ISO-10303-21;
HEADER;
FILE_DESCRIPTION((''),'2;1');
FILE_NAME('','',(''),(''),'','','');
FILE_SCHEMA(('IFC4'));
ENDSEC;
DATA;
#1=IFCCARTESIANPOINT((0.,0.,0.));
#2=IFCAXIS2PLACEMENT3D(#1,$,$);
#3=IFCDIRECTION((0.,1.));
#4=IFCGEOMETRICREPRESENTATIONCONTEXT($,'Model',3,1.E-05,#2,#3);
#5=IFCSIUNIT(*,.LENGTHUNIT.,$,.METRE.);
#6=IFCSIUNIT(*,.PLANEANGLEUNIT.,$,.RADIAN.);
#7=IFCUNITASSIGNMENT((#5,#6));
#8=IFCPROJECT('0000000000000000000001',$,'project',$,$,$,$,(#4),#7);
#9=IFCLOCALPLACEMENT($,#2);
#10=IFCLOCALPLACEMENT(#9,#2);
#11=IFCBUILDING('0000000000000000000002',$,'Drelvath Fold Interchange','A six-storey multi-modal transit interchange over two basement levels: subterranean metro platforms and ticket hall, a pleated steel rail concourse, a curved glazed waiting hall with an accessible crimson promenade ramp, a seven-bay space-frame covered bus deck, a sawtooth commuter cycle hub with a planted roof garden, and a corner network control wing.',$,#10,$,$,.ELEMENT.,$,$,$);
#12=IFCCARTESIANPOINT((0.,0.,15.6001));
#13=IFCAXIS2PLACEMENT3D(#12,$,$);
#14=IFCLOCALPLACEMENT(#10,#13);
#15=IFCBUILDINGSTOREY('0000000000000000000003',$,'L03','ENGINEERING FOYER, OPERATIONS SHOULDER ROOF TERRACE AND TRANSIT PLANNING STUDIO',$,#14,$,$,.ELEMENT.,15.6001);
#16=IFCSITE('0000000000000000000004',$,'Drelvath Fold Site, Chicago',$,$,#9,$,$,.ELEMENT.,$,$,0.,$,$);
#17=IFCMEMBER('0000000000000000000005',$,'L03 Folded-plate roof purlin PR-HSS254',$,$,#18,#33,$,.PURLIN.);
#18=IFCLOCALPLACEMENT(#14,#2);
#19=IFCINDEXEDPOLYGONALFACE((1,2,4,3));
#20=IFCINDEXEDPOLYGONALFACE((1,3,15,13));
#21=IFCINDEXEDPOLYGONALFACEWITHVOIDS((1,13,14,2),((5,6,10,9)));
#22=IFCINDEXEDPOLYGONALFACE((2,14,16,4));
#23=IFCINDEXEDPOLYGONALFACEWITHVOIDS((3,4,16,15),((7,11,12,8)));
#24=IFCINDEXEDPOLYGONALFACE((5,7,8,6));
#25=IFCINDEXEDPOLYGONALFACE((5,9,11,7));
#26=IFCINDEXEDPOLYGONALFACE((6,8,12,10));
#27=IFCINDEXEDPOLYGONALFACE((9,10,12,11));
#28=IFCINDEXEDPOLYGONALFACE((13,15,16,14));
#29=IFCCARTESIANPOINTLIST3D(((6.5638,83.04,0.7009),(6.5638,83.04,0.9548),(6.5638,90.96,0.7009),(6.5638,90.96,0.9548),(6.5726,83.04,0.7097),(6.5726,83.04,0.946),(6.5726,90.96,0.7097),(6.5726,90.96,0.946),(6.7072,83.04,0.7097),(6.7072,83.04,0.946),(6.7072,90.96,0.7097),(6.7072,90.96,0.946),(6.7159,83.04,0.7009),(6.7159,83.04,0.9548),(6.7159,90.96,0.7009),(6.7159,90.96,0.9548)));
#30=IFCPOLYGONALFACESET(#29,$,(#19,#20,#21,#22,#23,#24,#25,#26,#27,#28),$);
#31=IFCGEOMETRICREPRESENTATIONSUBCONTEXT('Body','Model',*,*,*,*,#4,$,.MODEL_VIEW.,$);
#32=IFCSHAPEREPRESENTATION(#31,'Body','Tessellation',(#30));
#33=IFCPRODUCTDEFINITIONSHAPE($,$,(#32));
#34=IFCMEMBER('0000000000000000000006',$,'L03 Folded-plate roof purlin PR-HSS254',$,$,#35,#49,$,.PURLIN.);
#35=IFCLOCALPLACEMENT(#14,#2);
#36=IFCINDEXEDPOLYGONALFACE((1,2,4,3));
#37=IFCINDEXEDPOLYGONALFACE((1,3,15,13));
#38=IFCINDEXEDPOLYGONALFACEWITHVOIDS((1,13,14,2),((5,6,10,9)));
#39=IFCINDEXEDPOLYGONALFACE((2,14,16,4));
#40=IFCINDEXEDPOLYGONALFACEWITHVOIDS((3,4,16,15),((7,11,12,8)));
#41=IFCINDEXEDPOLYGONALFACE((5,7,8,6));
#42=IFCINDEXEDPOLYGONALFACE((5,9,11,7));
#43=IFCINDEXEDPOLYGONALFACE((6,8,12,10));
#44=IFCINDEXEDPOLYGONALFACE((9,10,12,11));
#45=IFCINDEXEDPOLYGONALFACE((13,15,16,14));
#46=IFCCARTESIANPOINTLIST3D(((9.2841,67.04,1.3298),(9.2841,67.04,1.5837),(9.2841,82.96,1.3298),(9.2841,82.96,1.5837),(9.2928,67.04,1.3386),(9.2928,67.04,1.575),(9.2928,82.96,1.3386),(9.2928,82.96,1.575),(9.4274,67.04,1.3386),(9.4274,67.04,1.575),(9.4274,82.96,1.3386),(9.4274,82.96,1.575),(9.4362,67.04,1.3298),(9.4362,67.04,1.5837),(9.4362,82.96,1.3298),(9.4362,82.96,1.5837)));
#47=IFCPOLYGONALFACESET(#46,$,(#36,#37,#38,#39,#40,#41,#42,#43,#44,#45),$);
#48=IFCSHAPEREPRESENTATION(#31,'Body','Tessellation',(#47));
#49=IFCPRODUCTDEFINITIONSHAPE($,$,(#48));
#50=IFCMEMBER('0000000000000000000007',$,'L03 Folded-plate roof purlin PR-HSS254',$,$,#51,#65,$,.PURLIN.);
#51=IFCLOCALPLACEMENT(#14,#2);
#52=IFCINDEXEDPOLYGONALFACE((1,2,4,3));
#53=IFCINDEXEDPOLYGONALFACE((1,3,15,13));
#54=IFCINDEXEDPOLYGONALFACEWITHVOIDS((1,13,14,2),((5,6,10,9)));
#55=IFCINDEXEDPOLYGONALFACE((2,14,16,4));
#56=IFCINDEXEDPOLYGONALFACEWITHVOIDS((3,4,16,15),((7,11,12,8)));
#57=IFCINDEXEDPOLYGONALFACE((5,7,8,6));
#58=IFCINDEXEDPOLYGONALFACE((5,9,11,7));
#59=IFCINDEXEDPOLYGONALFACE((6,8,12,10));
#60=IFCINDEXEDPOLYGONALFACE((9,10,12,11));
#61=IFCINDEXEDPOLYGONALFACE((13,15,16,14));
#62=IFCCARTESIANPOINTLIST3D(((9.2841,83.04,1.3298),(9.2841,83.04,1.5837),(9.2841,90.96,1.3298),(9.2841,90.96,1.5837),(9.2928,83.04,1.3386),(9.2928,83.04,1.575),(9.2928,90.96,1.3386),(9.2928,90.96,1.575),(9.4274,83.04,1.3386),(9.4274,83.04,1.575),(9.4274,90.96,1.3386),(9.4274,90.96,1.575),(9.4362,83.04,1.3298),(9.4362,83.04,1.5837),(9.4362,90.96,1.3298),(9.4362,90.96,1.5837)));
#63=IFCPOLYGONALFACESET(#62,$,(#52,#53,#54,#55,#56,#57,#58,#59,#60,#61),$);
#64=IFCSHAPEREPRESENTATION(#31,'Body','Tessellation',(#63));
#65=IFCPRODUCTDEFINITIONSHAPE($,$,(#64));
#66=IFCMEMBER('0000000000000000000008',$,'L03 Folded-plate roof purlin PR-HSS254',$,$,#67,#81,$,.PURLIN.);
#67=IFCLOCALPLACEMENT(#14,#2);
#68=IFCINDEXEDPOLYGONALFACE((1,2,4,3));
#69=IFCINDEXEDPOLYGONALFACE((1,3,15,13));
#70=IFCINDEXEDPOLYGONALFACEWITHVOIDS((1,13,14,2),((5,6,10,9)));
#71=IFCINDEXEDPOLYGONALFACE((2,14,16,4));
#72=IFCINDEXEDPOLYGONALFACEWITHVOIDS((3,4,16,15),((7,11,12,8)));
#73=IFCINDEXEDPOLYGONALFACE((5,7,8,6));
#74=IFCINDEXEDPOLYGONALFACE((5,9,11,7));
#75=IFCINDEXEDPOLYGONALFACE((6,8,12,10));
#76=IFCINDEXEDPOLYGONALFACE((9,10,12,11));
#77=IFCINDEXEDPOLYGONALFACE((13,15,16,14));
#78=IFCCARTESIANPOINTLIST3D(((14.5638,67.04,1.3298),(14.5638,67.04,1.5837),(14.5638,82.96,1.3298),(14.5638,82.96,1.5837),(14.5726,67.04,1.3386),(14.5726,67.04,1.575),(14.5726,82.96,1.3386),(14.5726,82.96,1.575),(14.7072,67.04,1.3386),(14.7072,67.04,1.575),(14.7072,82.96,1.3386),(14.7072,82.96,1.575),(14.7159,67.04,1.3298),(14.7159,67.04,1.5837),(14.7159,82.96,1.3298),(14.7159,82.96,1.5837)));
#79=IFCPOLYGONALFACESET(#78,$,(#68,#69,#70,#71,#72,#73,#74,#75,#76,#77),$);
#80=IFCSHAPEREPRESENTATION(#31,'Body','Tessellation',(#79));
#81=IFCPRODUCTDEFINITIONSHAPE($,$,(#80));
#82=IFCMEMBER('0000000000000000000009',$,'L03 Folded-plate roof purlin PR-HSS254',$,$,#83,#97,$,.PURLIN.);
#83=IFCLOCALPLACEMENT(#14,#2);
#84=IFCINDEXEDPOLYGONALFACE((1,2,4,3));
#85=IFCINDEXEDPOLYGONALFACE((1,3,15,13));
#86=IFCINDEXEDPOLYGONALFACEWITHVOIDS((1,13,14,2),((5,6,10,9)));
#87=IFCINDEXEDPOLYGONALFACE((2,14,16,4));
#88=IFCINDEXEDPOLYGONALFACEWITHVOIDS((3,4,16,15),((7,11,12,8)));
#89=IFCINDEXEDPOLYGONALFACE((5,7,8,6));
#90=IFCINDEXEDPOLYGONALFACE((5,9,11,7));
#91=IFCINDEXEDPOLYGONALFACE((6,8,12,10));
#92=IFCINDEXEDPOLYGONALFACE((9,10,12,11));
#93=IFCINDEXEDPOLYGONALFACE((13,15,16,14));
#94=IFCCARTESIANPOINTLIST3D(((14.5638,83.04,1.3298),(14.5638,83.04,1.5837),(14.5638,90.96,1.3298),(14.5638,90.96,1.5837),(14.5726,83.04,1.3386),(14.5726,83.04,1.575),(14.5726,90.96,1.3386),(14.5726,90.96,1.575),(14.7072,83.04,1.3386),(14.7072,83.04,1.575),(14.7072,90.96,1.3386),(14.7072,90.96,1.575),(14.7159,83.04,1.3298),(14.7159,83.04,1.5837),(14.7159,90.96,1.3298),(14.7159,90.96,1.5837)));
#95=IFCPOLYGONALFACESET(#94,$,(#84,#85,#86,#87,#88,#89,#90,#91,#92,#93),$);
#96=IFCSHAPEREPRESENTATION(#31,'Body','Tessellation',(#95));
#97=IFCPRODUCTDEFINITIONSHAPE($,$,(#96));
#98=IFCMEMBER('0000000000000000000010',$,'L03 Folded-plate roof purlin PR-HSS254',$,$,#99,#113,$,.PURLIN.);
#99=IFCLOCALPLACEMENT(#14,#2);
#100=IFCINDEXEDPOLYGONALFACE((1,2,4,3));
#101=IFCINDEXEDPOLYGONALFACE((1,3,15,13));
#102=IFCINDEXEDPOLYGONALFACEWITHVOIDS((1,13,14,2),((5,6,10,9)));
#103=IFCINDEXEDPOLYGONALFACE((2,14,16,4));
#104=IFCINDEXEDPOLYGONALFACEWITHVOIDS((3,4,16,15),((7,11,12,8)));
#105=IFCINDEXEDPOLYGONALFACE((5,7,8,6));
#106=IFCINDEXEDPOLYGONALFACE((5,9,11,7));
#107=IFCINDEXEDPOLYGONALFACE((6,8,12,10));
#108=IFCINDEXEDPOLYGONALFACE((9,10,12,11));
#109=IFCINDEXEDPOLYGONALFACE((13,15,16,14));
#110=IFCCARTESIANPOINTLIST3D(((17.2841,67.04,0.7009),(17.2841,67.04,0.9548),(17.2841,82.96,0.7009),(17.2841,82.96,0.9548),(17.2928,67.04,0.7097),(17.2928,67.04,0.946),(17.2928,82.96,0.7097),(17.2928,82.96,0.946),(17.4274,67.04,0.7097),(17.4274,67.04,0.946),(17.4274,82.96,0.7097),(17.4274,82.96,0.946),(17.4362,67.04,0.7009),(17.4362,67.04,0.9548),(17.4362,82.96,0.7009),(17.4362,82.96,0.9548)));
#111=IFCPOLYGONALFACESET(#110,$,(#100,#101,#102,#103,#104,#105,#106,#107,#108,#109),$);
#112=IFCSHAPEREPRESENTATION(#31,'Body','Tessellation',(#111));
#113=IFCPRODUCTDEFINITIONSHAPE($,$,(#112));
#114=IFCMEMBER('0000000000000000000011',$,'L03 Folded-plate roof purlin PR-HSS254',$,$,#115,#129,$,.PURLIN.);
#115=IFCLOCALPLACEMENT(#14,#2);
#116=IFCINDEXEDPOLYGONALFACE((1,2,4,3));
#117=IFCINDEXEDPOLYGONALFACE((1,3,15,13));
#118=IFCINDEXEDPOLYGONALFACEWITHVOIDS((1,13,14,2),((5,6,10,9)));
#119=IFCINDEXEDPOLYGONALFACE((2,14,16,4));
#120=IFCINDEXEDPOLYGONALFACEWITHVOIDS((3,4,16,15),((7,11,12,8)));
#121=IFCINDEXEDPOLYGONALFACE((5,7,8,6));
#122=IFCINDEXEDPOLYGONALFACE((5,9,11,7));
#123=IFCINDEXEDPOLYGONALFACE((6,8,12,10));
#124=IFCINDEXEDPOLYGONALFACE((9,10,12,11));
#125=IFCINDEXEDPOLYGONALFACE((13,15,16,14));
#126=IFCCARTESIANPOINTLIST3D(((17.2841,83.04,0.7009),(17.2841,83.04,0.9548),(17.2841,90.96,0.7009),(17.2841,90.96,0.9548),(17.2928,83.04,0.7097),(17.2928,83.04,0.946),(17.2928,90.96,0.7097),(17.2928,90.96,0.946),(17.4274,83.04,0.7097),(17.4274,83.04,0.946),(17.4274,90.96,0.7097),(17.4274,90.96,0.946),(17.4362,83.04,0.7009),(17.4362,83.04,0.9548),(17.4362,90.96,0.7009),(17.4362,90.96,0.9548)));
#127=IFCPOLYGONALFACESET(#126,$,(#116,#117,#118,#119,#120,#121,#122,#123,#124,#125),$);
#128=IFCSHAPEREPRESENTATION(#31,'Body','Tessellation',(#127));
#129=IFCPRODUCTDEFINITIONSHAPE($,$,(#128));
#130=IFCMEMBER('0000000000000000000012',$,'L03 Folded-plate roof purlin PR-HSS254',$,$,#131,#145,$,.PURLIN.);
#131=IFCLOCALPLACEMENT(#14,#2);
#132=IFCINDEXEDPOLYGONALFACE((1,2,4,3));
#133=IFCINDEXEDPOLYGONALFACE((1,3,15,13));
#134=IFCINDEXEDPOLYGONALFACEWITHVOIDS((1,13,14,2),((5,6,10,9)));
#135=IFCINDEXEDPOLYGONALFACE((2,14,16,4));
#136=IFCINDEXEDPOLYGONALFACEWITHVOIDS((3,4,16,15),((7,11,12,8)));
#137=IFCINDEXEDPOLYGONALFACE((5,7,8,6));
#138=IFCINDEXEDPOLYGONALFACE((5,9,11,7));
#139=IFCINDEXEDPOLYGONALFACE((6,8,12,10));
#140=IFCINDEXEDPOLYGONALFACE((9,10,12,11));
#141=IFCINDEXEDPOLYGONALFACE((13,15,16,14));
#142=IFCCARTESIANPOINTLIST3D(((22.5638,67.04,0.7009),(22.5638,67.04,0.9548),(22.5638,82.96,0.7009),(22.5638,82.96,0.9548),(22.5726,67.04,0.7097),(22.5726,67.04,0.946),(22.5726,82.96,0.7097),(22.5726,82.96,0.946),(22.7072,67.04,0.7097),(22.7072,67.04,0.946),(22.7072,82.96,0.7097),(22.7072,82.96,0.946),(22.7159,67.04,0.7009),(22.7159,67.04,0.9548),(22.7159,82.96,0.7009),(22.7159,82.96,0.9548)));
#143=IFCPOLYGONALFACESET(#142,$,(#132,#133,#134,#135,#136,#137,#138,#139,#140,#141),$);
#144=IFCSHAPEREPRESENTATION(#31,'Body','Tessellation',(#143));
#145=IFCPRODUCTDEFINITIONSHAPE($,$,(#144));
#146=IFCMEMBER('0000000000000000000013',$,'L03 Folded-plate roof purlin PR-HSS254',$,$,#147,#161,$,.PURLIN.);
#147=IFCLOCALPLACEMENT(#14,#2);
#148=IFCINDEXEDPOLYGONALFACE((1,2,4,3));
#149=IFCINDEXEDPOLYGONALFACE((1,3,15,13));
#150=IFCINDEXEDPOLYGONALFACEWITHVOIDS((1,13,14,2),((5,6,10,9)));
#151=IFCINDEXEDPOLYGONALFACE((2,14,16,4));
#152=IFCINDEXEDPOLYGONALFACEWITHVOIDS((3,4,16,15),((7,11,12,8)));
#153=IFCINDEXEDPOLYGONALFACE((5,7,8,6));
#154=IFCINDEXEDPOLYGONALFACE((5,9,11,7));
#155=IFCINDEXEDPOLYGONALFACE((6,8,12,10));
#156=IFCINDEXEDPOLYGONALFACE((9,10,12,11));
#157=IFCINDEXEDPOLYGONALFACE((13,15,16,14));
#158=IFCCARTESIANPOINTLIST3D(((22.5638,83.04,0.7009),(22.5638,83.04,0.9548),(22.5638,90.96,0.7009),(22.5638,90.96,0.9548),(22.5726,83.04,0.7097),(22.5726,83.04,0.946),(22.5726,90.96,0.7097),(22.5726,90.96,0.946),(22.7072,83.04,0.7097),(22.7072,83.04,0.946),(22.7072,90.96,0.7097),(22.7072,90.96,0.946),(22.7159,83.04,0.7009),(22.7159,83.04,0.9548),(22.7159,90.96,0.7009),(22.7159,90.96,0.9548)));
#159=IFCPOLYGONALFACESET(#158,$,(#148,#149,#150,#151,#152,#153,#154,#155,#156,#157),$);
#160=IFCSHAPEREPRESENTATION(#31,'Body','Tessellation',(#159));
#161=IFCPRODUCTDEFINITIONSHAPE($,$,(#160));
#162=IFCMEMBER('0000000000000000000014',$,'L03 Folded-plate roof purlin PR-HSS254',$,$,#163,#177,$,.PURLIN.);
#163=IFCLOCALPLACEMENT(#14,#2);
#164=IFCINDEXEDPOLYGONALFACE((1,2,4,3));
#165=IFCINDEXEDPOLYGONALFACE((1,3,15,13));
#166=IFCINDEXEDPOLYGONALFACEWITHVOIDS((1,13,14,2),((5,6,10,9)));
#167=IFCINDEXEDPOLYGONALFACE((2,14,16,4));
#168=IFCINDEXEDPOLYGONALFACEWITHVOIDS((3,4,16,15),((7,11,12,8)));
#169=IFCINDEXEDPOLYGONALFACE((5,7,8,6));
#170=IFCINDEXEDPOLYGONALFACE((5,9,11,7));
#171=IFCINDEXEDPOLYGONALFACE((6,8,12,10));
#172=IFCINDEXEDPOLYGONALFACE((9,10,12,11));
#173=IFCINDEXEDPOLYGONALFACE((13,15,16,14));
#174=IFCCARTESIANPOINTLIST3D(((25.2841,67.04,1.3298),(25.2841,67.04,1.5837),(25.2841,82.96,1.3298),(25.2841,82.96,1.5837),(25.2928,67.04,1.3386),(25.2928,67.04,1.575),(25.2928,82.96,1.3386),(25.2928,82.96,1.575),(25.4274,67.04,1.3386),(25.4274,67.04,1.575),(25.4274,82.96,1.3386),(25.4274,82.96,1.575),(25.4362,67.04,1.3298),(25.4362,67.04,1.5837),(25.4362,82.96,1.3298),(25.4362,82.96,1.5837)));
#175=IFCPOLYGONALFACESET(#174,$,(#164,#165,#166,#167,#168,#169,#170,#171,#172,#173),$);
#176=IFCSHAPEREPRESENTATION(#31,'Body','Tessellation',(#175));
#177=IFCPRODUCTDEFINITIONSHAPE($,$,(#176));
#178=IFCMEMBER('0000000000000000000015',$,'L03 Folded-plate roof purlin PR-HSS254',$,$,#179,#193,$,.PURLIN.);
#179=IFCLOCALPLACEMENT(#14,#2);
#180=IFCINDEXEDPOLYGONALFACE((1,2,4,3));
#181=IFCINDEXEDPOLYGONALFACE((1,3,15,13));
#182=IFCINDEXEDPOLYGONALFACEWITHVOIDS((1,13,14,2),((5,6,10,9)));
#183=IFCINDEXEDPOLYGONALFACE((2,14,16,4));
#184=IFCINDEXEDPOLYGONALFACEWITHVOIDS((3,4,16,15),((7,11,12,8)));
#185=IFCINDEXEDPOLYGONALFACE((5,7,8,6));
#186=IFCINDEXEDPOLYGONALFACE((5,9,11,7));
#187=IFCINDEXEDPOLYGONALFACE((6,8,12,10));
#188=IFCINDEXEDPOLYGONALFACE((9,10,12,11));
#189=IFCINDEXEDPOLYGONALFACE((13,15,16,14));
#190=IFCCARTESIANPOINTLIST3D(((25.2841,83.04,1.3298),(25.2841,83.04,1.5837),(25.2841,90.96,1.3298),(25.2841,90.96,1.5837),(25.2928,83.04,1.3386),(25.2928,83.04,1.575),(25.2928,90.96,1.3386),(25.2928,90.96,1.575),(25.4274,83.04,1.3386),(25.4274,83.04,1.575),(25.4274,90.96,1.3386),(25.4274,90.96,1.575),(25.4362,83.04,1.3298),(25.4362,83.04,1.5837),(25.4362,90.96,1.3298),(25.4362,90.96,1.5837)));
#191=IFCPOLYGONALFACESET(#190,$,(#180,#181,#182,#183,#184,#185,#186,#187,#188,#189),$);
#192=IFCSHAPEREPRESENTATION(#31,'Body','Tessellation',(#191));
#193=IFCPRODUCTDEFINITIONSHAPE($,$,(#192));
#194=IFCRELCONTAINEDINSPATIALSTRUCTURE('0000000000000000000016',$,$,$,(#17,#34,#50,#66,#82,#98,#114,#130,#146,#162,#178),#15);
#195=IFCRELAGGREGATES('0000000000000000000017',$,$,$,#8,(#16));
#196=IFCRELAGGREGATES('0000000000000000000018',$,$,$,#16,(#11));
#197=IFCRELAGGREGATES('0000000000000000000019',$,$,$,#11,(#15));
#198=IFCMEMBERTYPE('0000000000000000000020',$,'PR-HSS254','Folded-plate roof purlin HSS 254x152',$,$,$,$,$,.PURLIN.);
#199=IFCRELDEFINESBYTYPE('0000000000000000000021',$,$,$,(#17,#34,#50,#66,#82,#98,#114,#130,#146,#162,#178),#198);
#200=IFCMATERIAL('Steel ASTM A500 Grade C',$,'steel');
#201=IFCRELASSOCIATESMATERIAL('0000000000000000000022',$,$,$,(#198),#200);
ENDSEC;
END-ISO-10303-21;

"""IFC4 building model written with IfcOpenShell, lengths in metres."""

from ifc_helpers import new_model, si_unit, direction, frame, origin, origin_2d, place, context, subcontext, project, spatial, hollow_rectangle, extrude, material, material_profile, profile_set, type_object, element, save


model = new_model("IFC4")

# Units and contexts
model_context = context("Model", 3, precision=1e-05, world=origin(), true_north=direction((0.0, 1.0)))
body_context = subcontext(model_context, "Body", "Model", "MODEL_VIEW")
ifc_project = project(units=[si_unit("LENGTHUNIT", "METRE"), si_unit("PLANEANGLEUNIT", "RADIAN")], contexts=[model_context])

# Site, building, storey
site_placement = place(None, origin())
site = spatial("IfcSite", under=ifc_project, at=site_placement, Name="Drelvath Fold Site, Chicago", CompositionType="ELEMENT", RefElevation=0.0)
building_placement = place(site_placement, origin())
building = spatial("IfcBuilding", under=site, at=building_placement, Name="Drelvath Fold Interchange", Description="A six-storey multi-modal transit interchange over two basement levels: subterranean metro platforms and ticket hall, a pleated steel rail concourse, a curved glazed waiting hall with an accessible crimson promenade ramp, a seven-bay space-frame covered bus deck, a sawtooth commuter cycle hub with a planted roof garden, and a corner network control wing.", CompositionType="ELEMENT")
storey_placement = place(building_placement, frame((0.0, 0.0, 15.6001)))
storey = spatial("IfcBuildingStorey", under=building, at=storey_placement, Name="L03", Description="ENGINEERING FOYER, OPERATIONS SHOULDER ROOF TERRACE AND TRANSIT PLANNING STUDIO", CompositionType="ELEMENT", Elevation=15.6001)

# Members
ifc_material_1 = material(Name="Steel ASTM A500 Grade C", Category="steel")
ifc_material_profile_1 = material_profile(ifc_material_1, hollow_rectangle(XDim=0.1521, YDim=0.2539, WallThickness=0.0088, at=origin_2d()), Name="HSS10X6X3/8")
ifc_profile_set_1 = profile_set([ifc_material_profile_1], Name="Steel ASTM A500 Grade C")
member_type_1 = type_object("IfcMemberType", Name="PR-HSS254", Description="Folded-plate roof purlin HSS 254x152", PredefinedType="PURLIN", material=ifc_profile_set_1)
member_1_placement = place(storey_placement, frame((6.6399, 83.04, 0.8279), z_axis=(0.0, 1.0, 0.0), x_axis=(-1.0, 0.0, 0.0)))
element("IfcMember", 1, at=member_1_placement, inside=storey, type_object=member_type_1, Name="L03 Folded-plate roof purlin PR-HSS254", PredefinedType="PURLIN", context=body_context, shape_type="SweptSolid", body=[
    extrude(hollow_rectangle(XDim=0.1521, YDim=0.2539, WallThickness=0.0088, at=origin_2d()), origin(), (0.0, 0.0, 1.0), 7.9199),
])
member_2_placement = place(storey_placement, frame((9.3601, 67.04, 1.4568), z_axis=(0.0, 1.0, 0.0), x_axis=(-1.0, 0.0, 0.0)))
element("IfcMember", 2, at=member_2_placement, inside=storey, type_object=member_type_1, Name="L03 Folded-plate roof purlin PR-HSS254", PredefinedType="PURLIN", context=body_context, shape_type="SweptSolid", body=[
    extrude(hollow_rectangle(XDim=0.1521, YDim=0.2539, WallThickness=0.0088, at=origin_2d()), origin(), (0.0, 0.0, 1.0), 15.9199),
])
member_3_placement = place(storey_placement, frame((9.3601, 83.04, 1.4568), z_axis=(0.0, 1.0, 0.0), x_axis=(-1.0, 0.0, 0.0)))
element("IfcMember", 3, at=member_3_placement, inside=storey, type_object=member_type_1, Name="L03 Folded-plate roof purlin PR-HSS254", PredefinedType="PURLIN", context=body_context, shape_type="SweptSolid", body=[
    extrude(hollow_rectangle(XDim=0.1521, YDim=0.2539, WallThickness=0.0088, at=origin_2d()), origin(), (0.0, 0.0, 1.0), 7.9199),
])
member_4_placement = place(storey_placement, frame((14.6399, 67.04, 1.4568), z_axis=(0.0, 1.0, 0.0), x_axis=(-1.0, 0.0, 0.0)))
element("IfcMember", 4, at=member_4_placement, inside=storey, type_object=member_type_1, Name="L03 Folded-plate roof purlin PR-HSS254", PredefinedType="PURLIN", context=body_context, shape_type="SweptSolid", body=[
    extrude(hollow_rectangle(XDim=0.1521, YDim=0.2539, WallThickness=0.0088, at=origin_2d()), origin(), (0.0, 0.0, 1.0), 15.9199),
])
member_5_placement = place(storey_placement, frame((14.6399, 83.04, 1.4568), z_axis=(0.0, 1.0, 0.0), x_axis=(-1.0, 0.0, 0.0)))
element("IfcMember", 5, at=member_5_placement, inside=storey, type_object=member_type_1, Name="L03 Folded-plate roof purlin PR-HSS254", PredefinedType="PURLIN", context=body_context, shape_type="SweptSolid", body=[
    extrude(hollow_rectangle(XDim=0.1521, YDim=0.2539, WallThickness=0.0088, at=origin_2d()), origin(), (0.0, 0.0, 1.0), 7.9199),
])
member_6_placement = place(storey_placement, frame((17.3601, 67.04, 0.8279), z_axis=(0.0, 1.0, 0.0), x_axis=(-1.0, 0.0, 0.0)))
element("IfcMember", 6, at=member_6_placement, inside=storey, type_object=member_type_1, Name="L03 Folded-plate roof purlin PR-HSS254", PredefinedType="PURLIN", context=body_context, shape_type="SweptSolid", body=[
    extrude(hollow_rectangle(XDim=0.1521, YDim=0.2539, WallThickness=0.0088, at=origin_2d()), origin(), (0.0, 0.0, 1.0), 15.9199),
])
member_7_placement = place(storey_placement, frame((17.3601, 83.04, 0.8279), z_axis=(0.0, 1.0, 0.0), x_axis=(-1.0, 0.0, 0.0)))
element("IfcMember", 7, at=member_7_placement, inside=storey, type_object=member_type_1, Name="L03 Folded-plate roof purlin PR-HSS254", PredefinedType="PURLIN", context=body_context, shape_type="SweptSolid", body=[
    extrude(hollow_rectangle(XDim=0.1521, YDim=0.2539, WallThickness=0.0088, at=origin_2d()), origin(), (0.0, 0.0, 1.0), 7.9199),
])
member_8_placement = place(storey_placement, frame((22.6399, 67.04, 0.8279), z_axis=(0.0, 1.0, 0.0), x_axis=(-1.0, 0.0, 0.0)))
element("IfcMember", 8, at=member_8_placement, inside=storey, type_object=member_type_1, Name="L03 Folded-plate roof purlin PR-HSS254", PredefinedType="PURLIN", context=body_context, shape_type="SweptSolid", body=[
    extrude(hollow_rectangle(XDim=0.1521, YDim=0.2539, WallThickness=0.0088, at=origin_2d()), origin(), (0.0, 0.0, 1.0), 15.9199),
])
member_9_placement = place(storey_placement, frame((22.6399, 83.04, 0.8279), z_axis=(0.0, 1.0, 0.0), x_axis=(-1.0, 0.0, 0.0)))
element("IfcMember", 9, at=member_9_placement, inside=storey, type_object=member_type_1, Name="L03 Folded-plate roof purlin PR-HSS254", PredefinedType="PURLIN", context=body_context, shape_type="SweptSolid", body=[
    extrude(hollow_rectangle(XDim=0.1521, YDim=0.2539, WallThickness=0.0088, at=origin_2d()), origin(), (0.0, 0.0, 1.0), 7.9199),
])
member_10_placement = place(storey_placement, frame((25.3601, 67.04, 1.4568), z_axis=(0.0, 1.0, 0.0), x_axis=(-1.0, 0.0, 0.0)))
element("IfcMember", 10, at=member_10_placement, inside=storey, type_object=member_type_1, Name="L03 Folded-plate roof purlin PR-HSS254", PredefinedType="PURLIN", context=body_context, shape_type="SweptSolid", body=[
    extrude(hollow_rectangle(XDim=0.1521, YDim=0.2539, WallThickness=0.0088, at=origin_2d()), origin(), (0.0, 0.0, 1.0), 15.9199),
])
member_11_placement = place(storey_placement, frame((25.3601, 83.04, 1.4568), z_axis=(0.0, 1.0, 0.0), x_axis=(-1.0, 0.0, 0.0)))
element("IfcMember", 11, at=member_11_placement, inside=storey, type_object=member_type_1, Name="L03 Folded-plate roof purlin PR-HSS254", PredefinedType="PURLIN", context=body_context, shape_type="SweptSolid", body=[
    extrude(hollow_rectangle(XDim=0.1521, YDim=0.2539, WallThickness=0.0088, at=origin_2d()), origin(), (0.0, 0.0, 1.0), 7.9199),
])

save(model, "model.ifc")
